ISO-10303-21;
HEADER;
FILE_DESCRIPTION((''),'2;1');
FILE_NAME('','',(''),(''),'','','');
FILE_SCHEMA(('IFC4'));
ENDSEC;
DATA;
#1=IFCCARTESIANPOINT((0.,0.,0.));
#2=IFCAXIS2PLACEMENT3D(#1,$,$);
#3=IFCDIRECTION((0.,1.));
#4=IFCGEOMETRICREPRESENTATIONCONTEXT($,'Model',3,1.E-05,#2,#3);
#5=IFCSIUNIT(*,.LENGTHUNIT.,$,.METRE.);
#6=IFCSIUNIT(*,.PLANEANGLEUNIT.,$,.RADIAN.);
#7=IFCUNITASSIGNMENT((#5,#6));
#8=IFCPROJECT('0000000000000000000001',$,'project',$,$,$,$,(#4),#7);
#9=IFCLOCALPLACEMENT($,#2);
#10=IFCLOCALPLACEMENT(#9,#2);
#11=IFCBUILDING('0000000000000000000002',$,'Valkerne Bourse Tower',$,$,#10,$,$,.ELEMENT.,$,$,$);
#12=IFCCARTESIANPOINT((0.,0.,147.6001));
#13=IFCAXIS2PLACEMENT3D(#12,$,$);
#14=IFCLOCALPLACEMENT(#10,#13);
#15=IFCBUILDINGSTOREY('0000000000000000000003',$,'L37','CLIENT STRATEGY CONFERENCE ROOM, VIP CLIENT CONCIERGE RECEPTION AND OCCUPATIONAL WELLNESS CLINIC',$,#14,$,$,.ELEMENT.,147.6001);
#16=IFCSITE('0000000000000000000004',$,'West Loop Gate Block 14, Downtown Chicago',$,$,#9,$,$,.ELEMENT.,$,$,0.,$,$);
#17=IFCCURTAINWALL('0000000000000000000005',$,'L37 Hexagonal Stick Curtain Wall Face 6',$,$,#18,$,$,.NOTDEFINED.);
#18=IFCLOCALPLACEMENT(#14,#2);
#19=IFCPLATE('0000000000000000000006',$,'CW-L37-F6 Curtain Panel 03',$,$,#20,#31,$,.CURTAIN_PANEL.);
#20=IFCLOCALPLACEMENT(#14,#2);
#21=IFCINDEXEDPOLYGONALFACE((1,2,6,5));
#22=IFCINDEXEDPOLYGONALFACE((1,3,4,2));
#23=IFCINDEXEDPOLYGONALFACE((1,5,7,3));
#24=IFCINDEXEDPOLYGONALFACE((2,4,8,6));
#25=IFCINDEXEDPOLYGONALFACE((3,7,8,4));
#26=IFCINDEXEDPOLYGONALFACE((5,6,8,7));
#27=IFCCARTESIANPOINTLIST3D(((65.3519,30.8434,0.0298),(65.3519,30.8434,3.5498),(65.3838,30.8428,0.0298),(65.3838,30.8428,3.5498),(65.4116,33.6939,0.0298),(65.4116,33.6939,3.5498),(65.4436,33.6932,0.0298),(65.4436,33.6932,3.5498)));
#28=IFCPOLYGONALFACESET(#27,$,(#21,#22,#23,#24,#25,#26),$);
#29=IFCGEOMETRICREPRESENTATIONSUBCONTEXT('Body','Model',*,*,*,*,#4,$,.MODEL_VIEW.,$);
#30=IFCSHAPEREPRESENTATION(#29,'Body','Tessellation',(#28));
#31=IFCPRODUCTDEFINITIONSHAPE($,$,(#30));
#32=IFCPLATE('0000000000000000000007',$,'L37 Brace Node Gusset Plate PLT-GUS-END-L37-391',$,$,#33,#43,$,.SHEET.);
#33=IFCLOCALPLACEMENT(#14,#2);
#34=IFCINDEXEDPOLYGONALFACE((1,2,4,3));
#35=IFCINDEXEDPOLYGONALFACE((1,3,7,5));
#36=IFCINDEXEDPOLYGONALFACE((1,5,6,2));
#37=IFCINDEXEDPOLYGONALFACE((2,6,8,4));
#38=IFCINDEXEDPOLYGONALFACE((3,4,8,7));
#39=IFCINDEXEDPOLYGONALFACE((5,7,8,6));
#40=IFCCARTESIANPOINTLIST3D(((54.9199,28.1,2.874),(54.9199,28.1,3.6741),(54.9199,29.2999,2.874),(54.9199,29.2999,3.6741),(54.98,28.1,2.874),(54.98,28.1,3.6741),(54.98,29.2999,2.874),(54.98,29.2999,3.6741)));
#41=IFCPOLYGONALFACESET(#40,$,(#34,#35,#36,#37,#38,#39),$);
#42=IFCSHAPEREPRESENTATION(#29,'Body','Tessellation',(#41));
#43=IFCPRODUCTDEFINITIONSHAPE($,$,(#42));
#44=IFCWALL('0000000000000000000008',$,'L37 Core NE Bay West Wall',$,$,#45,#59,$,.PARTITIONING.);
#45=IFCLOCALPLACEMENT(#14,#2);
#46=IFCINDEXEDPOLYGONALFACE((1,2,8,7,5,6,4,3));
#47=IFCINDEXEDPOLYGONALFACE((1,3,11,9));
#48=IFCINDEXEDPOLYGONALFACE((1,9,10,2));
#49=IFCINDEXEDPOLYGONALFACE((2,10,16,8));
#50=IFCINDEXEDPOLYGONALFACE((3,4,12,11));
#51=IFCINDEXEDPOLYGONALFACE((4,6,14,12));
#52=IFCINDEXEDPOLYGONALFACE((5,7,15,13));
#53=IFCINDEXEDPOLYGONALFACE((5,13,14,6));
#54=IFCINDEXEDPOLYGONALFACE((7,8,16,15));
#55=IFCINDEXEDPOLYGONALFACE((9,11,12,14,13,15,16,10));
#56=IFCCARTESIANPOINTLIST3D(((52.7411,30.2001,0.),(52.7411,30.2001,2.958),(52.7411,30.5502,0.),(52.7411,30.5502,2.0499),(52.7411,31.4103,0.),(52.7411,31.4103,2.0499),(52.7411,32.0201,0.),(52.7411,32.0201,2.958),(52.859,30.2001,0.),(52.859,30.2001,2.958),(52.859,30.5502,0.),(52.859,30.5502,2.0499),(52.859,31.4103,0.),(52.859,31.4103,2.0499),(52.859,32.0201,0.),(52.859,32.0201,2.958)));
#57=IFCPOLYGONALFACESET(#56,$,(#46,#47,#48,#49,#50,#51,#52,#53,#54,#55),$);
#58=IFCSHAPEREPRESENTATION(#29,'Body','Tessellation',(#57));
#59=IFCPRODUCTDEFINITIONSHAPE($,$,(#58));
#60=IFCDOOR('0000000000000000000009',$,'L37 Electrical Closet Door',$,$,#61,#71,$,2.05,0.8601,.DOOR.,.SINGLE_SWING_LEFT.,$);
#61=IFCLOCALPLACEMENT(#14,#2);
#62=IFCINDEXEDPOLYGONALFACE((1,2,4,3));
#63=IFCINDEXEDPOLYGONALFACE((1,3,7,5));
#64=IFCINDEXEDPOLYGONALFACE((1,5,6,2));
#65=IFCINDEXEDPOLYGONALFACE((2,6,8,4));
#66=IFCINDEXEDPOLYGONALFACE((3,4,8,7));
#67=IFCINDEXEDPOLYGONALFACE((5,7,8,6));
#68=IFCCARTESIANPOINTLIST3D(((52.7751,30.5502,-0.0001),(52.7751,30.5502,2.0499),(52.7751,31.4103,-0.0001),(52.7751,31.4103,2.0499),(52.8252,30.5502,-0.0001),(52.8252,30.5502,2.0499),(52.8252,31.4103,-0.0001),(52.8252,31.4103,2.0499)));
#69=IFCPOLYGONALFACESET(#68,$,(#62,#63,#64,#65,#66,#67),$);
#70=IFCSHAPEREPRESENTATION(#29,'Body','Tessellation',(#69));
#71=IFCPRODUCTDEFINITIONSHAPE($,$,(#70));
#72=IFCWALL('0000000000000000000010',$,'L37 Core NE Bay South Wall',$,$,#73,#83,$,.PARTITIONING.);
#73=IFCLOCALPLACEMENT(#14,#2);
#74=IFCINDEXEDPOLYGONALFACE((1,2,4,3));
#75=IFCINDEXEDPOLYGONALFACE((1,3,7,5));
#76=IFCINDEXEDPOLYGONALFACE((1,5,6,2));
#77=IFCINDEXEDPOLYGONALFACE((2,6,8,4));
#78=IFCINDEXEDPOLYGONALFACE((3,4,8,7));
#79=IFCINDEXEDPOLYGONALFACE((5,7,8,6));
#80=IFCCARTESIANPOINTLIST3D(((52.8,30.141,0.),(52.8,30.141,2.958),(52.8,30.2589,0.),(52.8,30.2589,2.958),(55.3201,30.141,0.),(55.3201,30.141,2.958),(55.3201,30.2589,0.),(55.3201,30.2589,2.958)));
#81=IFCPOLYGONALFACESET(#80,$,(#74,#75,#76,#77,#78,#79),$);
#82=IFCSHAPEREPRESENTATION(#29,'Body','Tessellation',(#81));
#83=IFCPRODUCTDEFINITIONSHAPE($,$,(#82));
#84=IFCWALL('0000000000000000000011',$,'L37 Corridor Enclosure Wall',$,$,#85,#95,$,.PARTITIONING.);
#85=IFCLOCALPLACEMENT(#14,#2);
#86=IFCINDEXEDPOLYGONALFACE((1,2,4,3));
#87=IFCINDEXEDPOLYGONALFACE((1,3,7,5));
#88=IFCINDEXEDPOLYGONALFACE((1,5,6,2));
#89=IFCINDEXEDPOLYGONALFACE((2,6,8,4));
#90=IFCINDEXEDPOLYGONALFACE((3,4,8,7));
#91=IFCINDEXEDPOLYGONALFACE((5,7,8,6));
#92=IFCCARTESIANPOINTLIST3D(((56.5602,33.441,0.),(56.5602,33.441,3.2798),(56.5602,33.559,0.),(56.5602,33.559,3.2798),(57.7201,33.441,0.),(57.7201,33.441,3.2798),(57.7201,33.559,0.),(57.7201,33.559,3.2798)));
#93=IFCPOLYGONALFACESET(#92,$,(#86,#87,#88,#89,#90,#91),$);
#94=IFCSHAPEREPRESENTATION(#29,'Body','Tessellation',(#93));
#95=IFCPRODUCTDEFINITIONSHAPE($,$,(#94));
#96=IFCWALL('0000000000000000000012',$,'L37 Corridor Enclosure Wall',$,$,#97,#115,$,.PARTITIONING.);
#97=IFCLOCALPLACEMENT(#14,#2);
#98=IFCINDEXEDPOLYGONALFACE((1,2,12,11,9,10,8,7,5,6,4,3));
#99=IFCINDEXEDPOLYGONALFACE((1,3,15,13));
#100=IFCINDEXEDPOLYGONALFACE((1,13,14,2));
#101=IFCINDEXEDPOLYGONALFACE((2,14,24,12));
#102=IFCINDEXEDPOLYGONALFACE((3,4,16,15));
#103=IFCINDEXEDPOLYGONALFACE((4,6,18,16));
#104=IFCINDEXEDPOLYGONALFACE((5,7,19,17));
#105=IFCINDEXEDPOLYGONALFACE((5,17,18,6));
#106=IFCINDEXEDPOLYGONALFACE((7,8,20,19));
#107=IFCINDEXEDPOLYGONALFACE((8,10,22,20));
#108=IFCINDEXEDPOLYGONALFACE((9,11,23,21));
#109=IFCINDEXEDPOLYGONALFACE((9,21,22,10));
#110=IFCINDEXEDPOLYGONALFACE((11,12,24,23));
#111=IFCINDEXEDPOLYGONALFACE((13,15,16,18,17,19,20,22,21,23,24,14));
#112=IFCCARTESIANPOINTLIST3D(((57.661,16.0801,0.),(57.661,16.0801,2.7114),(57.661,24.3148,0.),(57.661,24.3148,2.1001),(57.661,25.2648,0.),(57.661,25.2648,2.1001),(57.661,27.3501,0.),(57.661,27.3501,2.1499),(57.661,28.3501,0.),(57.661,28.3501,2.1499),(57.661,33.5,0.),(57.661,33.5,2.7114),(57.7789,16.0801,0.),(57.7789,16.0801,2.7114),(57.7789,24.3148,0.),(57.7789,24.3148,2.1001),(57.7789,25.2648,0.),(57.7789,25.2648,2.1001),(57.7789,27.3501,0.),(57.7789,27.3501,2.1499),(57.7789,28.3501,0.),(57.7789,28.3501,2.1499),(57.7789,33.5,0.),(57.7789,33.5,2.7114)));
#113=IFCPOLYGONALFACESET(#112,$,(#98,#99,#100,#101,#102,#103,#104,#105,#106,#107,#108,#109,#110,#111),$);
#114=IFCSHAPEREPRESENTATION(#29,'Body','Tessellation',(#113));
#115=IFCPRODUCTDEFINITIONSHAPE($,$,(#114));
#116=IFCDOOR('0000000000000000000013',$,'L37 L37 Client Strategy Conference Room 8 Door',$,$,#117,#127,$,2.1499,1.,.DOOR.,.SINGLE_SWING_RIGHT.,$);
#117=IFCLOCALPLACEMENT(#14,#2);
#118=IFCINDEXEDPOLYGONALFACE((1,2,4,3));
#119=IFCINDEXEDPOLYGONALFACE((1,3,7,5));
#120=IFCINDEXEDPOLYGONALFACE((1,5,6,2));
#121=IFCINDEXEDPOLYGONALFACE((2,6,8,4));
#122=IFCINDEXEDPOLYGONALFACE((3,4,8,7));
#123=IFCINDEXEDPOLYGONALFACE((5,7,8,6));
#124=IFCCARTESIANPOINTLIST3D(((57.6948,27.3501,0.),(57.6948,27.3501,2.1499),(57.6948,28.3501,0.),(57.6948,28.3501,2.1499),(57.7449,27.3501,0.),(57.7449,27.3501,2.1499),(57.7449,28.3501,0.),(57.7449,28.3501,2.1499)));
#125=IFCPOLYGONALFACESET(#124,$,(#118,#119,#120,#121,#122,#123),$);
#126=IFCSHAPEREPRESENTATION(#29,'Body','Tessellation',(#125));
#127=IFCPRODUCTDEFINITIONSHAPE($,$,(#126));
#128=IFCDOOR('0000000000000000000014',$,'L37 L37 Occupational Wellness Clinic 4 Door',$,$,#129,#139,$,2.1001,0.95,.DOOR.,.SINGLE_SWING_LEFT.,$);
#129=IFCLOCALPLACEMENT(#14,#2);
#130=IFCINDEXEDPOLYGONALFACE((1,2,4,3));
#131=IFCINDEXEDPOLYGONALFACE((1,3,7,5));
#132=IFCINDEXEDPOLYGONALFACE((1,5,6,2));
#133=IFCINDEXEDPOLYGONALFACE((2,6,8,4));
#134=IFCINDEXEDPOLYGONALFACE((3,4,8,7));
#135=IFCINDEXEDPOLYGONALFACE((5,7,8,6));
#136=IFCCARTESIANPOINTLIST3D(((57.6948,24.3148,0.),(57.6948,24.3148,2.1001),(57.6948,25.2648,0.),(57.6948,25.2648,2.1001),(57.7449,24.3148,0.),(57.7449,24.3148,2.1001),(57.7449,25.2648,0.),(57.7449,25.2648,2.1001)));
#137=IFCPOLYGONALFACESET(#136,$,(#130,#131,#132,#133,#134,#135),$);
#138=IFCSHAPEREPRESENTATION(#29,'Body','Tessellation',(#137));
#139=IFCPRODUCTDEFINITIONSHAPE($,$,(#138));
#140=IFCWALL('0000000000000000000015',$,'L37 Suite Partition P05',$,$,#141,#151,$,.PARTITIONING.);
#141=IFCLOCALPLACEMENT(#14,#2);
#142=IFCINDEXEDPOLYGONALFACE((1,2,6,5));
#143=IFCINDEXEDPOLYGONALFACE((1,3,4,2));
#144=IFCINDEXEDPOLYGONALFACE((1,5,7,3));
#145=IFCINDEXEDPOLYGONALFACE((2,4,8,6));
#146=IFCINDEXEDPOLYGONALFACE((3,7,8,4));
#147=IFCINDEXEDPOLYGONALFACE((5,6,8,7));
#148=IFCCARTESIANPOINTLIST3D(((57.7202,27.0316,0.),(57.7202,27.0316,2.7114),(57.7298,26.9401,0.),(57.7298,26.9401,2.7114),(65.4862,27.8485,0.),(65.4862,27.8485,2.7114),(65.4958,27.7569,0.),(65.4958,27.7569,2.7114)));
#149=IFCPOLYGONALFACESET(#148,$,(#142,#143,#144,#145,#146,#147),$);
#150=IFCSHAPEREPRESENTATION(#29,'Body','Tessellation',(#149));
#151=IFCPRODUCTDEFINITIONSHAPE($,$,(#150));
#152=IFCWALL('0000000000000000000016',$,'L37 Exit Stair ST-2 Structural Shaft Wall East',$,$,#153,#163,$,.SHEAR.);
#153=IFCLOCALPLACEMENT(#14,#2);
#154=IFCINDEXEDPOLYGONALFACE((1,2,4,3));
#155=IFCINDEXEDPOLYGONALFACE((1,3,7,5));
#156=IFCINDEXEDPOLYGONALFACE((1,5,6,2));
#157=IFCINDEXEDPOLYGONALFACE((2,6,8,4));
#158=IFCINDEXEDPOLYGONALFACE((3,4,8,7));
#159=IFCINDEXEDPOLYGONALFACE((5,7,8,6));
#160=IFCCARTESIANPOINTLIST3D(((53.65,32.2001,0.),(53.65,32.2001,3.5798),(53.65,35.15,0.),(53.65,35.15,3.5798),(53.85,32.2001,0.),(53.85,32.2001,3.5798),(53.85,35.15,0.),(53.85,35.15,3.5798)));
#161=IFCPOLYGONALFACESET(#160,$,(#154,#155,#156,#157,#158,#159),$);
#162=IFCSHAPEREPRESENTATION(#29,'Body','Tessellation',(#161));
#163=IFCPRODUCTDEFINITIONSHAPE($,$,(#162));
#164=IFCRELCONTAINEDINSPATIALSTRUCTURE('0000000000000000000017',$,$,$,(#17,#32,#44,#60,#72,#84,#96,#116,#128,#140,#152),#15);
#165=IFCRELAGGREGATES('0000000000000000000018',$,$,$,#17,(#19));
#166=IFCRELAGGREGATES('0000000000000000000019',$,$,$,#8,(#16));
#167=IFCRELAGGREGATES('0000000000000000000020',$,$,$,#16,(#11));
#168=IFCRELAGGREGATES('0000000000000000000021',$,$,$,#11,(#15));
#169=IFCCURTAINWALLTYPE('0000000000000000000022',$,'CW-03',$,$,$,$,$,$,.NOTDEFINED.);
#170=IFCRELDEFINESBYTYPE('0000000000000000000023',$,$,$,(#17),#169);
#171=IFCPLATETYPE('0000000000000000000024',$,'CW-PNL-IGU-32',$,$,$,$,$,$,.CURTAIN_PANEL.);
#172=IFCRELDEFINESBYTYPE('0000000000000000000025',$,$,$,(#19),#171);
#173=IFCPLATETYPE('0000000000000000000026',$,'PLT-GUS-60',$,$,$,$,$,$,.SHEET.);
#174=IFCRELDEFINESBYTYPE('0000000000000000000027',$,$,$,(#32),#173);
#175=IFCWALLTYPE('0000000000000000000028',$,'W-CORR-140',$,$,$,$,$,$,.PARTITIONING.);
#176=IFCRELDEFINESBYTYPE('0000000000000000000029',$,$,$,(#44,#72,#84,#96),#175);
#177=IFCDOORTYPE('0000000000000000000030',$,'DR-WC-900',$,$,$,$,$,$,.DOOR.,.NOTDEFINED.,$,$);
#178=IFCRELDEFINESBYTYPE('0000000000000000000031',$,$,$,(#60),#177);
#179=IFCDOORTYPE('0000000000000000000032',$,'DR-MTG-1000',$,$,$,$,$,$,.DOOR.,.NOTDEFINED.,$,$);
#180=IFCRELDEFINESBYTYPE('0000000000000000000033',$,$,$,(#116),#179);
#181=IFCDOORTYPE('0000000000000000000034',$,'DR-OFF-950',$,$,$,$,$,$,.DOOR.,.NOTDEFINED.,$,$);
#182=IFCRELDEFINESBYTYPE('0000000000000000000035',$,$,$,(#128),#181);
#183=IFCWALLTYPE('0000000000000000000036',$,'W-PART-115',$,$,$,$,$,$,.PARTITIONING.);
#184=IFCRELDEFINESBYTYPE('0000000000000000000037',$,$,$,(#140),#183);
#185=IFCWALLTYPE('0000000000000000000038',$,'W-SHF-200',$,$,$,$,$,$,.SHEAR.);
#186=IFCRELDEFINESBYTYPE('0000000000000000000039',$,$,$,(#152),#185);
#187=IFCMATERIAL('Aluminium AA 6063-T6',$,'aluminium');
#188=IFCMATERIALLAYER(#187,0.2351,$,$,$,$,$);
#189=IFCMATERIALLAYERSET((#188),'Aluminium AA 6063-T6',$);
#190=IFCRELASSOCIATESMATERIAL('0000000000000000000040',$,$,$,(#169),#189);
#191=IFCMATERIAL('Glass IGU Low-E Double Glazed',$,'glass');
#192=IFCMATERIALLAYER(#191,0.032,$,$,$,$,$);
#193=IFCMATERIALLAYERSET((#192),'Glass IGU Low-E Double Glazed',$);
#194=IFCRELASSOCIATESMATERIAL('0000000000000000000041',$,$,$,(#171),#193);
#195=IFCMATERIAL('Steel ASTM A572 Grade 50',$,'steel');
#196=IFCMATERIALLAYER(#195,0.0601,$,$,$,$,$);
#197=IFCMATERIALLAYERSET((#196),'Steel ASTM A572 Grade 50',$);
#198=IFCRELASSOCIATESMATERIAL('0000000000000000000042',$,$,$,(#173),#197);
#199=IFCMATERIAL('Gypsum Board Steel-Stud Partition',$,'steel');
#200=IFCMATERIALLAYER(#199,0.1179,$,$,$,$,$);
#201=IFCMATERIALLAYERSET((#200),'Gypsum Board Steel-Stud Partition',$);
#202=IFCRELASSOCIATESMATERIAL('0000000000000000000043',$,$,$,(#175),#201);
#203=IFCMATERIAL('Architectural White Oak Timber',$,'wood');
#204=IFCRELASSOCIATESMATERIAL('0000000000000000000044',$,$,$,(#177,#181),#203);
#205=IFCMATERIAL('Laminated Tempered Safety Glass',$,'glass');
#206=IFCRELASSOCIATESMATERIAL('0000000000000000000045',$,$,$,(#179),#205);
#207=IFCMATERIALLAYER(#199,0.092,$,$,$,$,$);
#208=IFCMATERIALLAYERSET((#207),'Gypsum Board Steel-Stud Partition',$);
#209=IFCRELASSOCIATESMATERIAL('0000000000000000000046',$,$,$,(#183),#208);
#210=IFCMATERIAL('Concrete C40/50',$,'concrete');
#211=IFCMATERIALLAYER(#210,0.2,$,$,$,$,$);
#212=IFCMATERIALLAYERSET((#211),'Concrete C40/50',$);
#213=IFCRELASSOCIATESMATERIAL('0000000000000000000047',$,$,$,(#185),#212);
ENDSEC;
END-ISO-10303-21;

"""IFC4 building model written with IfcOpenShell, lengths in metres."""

from ifc_helpers import new_model, si_unit, direction, frame, frame_2d, origin, origin_2d, place, context, subcontext, project, spatial, rectangle, extrude, material, layer, layer_set, type_object, element, fill, aggregate, save


model = new_model("IFC4")

# Units and contexts
model_context = context("Model", 3, precision=1e-05, world=origin(), true_north=direction((0.0, 1.0)))
body_context = subcontext(model_context, "Body", "Model", "MODEL_VIEW")
ifc_project = project(units=[si_unit("LENGTHUNIT", "METRE"), si_unit("PLANEANGLEUNIT", "RADIAN")], contexts=[model_context])

# Site, building, storey
site_placement = place(None, origin())
site = spatial("IfcSite", under=ifc_project, at=site_placement, Name="West Loop Gate Block 14, Downtown Chicago", CompositionType="ELEMENT", RefElevation=0.0)
building_placement = place(site_placement, origin())
building = spatial("IfcBuilding", under=site, at=building_placement, Name="Valkerne Bourse Tower", CompositionType="ELEMENT")
storey_placement = place(building_placement, frame((0.0, 0.0, 147.6001)))
storey = spatial("IfcBuildingStorey", under=building, at=storey_placement, Name="L37", Description="CLIENT STRATEGY CONFERENCE ROOM, VIP CLIENT CONCIERGE RECEPTION AND OCCUPATIONAL WELLNESS CLINIC", CompositionType="ELEMENT", Elevation=147.6001)

# Curtain wall
ifc_material_1 = material(Name="Aluminium AA 6063-T6", Category="aluminium")
ifc_layer_1 = layer(ifc_material_1, 0.2351)
ifc_layer_set_1 = layer_set([ifc_layer_1], Name="Aluminium AA 6063-T6")
curtain_wall_type = type_object("IfcCurtainWallType", Name="CW-03", PredefinedType="NOTDEFINED", material=ifc_layer_set_1)
curtain_wall_placement = place(storey_placement, origin())
curtain_wall = element("IfcCurtainWall", 1, at=curtain_wall_placement, inside=storey, type_object=curtain_wall_type, Name="L37 Hexagonal Stick Curtain Wall Face 6", PredefinedType="NOTDEFINED")

# Plates
ifc_material_2 = material(Name="Glass IGU Low-E Double Glazed", Category="glass")
ifc_layer_2 = layer(ifc_material_2, 0.032)
ifc_layer_set_2 = layer_set([ifc_layer_2], Name="Glass IGU Low-E Double Glazed")
plate_type_1 = type_object("IfcPlateType", Name="CW-PNL-IGU-32", PredefinedType="CURTAIN_PANEL", material=ifc_layer_set_2)
plate_1_placement = place(storey_placement, frame((65.3977, 32.2683, 0.0298), z_axis=(0.0, 0.0, 1.0), x_axis=(0.020949, 0.999781, 0.0)))
plate_1 = element("IfcPlate", 2, at=plate_1_placement, type_object=plate_type_1, Name="CW-L37-F6 Curtain Panel 03", PredefinedType="CURTAIN_PANEL", context=body_context, shape_type="SweptSolid", body=[
    extrude(rectangle(XDim=2.8511, YDim=0.032, at=origin_2d()), origin(), (0.0, 0.0, 1.0), 3.52),
])
aggregate(curtain_wall, [plate_1])
ifc_material_3 = material(Name="Steel ASTM A572 Grade 50", Category="steel")
ifc_layer_3 = layer(ifc_material_3, 0.0601)
ifc_layer_set_3 = layer_set([ifc_layer_3], Name="Steel ASTM A572 Grade 50")
plate_type_2 = type_object("IfcPlateType", Name="PLT-GUS-60", PredefinedType="SHEET", material=ifc_layer_set_3)
plate_2_placement = place(storey_placement, frame((54.95, 28.7, 2.874), z_axis=(0.0, 0.0, 1.0), x_axis=(0.0, 1.0, 0.0)))
element("IfcPlate", 3, at=plate_2_placement, inside=storey, type_object=plate_type_2, Name="L37 Brace Node Gusset Plate PLT-GUS-END-L37-391", PredefinedType="SHEET", context=body_context, shape_type="SweptSolid", body=[
    extrude(rectangle(XDim=1.2, YDim=0.0601, at=origin_2d()), origin(), (0.0, 0.0, 1.0), 0.8),
])

# Wall, opening, door
ifc_material_4 = material(Name="Gypsum Board Steel-Stud Partition", Category="steel")
ifc_layer_4 = layer(ifc_material_4, 0.1179)
ifc_layer_set_4 = layer_set([ifc_layer_4], Name="Gypsum Board Steel-Stud Partition")
wall_type_1 = type_object("IfcWallType", Name="W-CORR-140", PredefinedType="PARTITIONING", material=ifc_layer_set_4)
wall_1_placement = place(storey_placement, frame((52.8, 30.2, 0.0), z_axis=(0.0, 0.0, 1.0), x_axis=(0.0, 1.0, 0.0)))
wall_1 = element("IfcWall", 4, at=wall_1_placement, inside=storey, type_object=wall_type_1, Name="L37 Core NE Bay West Wall", PredefinedType="PARTITIONING", context=body_context, shape_type="SweptSolid", body=[
    extrude(rectangle(XDim=1.8201, YDim=0.1179, at=frame_2d((0.9102, 0.0))), origin(), (0.0, 0.0, 1.0), 2.958),
])
opening_1_placement = place(wall_1_placement, frame((0.3501, 0.0, 0.0)))
opening_1 = element("IfcOpeningElement", 5, at=opening_1_placement, cuts=wall_1, PredefinedType="OPENING", context=body_context, shape_type="SweptSolid", body=[
    extrude(rectangle(XDim=0.8601, YDim=2.05, at=frame_2d((0.4302, 1.0249))), frame((0.0, 0.0688, 0.0), z_axis=(0.0, -1.0, 0.0), x_axis=(1.0, 0.0, 0.0)), (0.0, 0.0, 1.0), 0.1379),
])
ifc_material_5 = material(Name="Architectural White Oak Timber", Category="wood")
door_type_1 = type_object("IfcDoorType", Name="DR-WC-900", OperationType="NOTDEFINED", PredefinedType="DOOR", material=ifc_material_5)
door_1_placement = place(opening_1_placement, origin())
door_1 = element("IfcDoor", 6, at=door_1_placement, inside=storey, type_object=door_type_1, Name="L37 Electrical Closet Door", OperationType="SINGLE_SWING_LEFT", OverallHeight=2.05, OverallWidth=0.8601, PredefinedType="DOOR", context=body_context, shape_type="SweptSolid", body=[
    extrude(rectangle(XDim=0.8601, YDim=2.05, at=frame_2d((0.4302, 1.0249))), frame((0.0, 0.0249, 0.0), z_axis=(0.0, -1.0, 0.0), x_axis=(1.0, 0.0, 0.0)), (0.0, 0.0, 1.0), 0.05),
])
fill(opening_1, door_1)

# Walls
wall_2_placement = place(storey_placement, frame((52.8, 30.2, 0.0), z_axis=(0.0, 0.0, 1.0), x_axis=(1.0, 0.0, 0.0)))
element("IfcWall", 7, at=wall_2_placement, inside=storey, type_object=wall_type_1, Name="L37 Core NE Bay South Wall", PredefinedType="PARTITIONING", context=body_context, shape_type="SweptSolid", body=[
    extrude(rectangle(XDim=2.52, YDim=0.1179, at=frame_2d((1.26, 0.0))), origin(), (0.0, 0.0, 1.0), 2.958),
])
wall_3_placement = place(storey_placement, frame((56.5601, 33.5, 0.0), z_axis=(0.0, 0.0, 1.0), x_axis=(1.0, 0.0, 0.0)))
element("IfcWall", 8, at=wall_3_placement, inside=storey, type_object=wall_type_1, Name="L37 Corridor Enclosure Wall", PredefinedType="PARTITIONING", context=body_context, shape_type="SweptSolid", body=[
    extrude(rectangle(XDim=1.1599, YDim=0.1179, at=frame_2d((0.5801, 0.0))), origin(), (0.0, 0.0, 1.0), 3.2798),
])

# Wall, openings, doors
wall_4_placement = place(storey_placement, frame((57.72, 33.5, 0.0), z_axis=(0.0, 0.0, 1.0), x_axis=(0.0, -1.0, 0.0)))
wall_4 = element("IfcWall", 9, at=wall_4_placement, inside=storey, type_object=wall_type_1, Name="L37 Corridor Enclosure Wall", PredefinedType="PARTITIONING", context=body_context, shape_type="SweptSolid", body=[
    extrude(rectangle(XDim=17.4199, YDim=0.1179, at=frame_2d((8.71, 0.0))), origin(), (0.0, 0.0, 1.0), 2.7114),
])
opening_2_placement = place(wall_4_placement, frame((8.2351, 0.0, 0.0)))
opening_2 = element("IfcOpeningElement", 10, at=opening_2_placement, cuts=wall_4, PredefinedType="OPENING", context=body_context, shape_type="SweptSolid", body=[
    extrude(rectangle(XDim=0.95, YDim=2.1001, at=frame_2d((0.4751, 1.05))), frame((0.0, 0.0688, 0.0), z_axis=(0.0, -1.0, 0.0), x_axis=(1.0, 0.0, 0.0)), (0.0, 0.0, 1.0), 0.1379),
])
opening_3_placement = place(wall_4_placement, frame((5.1499, 0.0, 0.0)))
opening_3 = element("IfcOpeningElement", 11, at=opening_3_placement, cuts=wall_4, PredefinedType="OPENING", context=body_context, shape_type="SweptSolid", body=[
    extrude(rectangle(XDim=1.0, YDim=2.1499, at=frame_2d((0.5, 1.075))), frame((0.0, 0.0688, 0.0), z_axis=(0.0, -1.0, 0.0), x_axis=(1.0, 0.0, 0.0)), (0.0, 0.0, 1.0), 0.1379),
])
ifc_material_6 = material(Name="Laminated Tempered Safety Glass", Category="glass")
door_type_2 = type_object("IfcDoorType", Name="DR-MTG-1000", OperationType="NOTDEFINED", PredefinedType="DOOR", material=ifc_material_6)
door_2_placement = place(opening_3_placement, origin())
door_2 = element("IfcDoor", 12, at=door_2_placement, inside=storey, type_object=door_type_2, Name="L37 L37 Client Strategy Conference Room 8 Door", OperationType="SINGLE_SWING_RIGHT", OverallHeight=2.1499, OverallWidth=1.0, PredefinedType="DOOR", context=body_context, shape_type="SweptSolid", body=[
    extrude(rectangle(XDim=1.0, YDim=2.1499, at=frame_2d((0.5, 1.075))), frame((0.0, 0.0249, 0.0), z_axis=(0.0, -1.0, 0.0), x_axis=(1.0, 0.0, 0.0)), (0.0, 0.0, 1.0), 0.05),
])
fill(opening_3, door_2)
door_type_3 = type_object("IfcDoorType", Name="DR-OFF-950", OperationType="NOTDEFINED", PredefinedType="DOOR", material=ifc_material_5)
door_3_placement = place(opening_2_placement, origin())
door_3 = element("IfcDoor", 13, at=door_3_placement, inside=storey, type_object=door_type_3, Name="L37 L37 Occupational Wellness Clinic 4 Door", OperationType="SINGLE_SWING_LEFT", OverallHeight=2.1001, OverallWidth=0.95, PredefinedType="DOOR", context=body_context, shape_type="SweptSolid", body=[
    extrude(rectangle(XDim=0.95, YDim=2.1001, at=frame_2d((0.4751, 1.05))), frame((0.0, 0.0249, 0.0), z_axis=(0.0, -1.0, 0.0), x_axis=(1.0, 0.0, 0.0)), (0.0, 0.0, 1.0), 0.05),
])
fill(opening_2, door_3)

# Walls
ifc_layer_5 = layer(ifc_material_4, 0.092)
ifc_layer_set_5 = layer_set([ifc_layer_5], Name="Gypsum Board Steel-Stud Partition")
wall_type_2 = type_object("IfcWallType", Name="W-PART-115", PredefinedType="PARTITIONING", material=ifc_layer_set_5)
wall_5_placement = place(storey_placement, frame((57.7251, 26.9858, 0.0), z_axis=(0.0, 0.0, 1.0), x_axis=(0.994513, 0.10461, 0.0)))
element("IfcWall", 14, at=wall_5_placement, inside=storey, type_object=wall_type_2, Name="L37 Suite Partition P05", PredefinedType="PARTITIONING", context=body_context, shape_type="SweptSolid", body=[
    extrude(rectangle(XDim=7.8088, YDim=0.092, at=frame_2d((3.9043, 0.0))), origin(), (0.0, 0.0, 1.0), 2.7114),
])
ifc_material_7 = material(Name="Concrete C40/50", Category="concrete")
ifc_layer_6 = layer(ifc_material_7, 0.2)
ifc_layer_set_6 = layer_set([ifc_layer_6], Name="Concrete C40/50")
wall_type_3 = type_object("IfcWallType", Name="W-SHF-200", PredefinedType="SHEAR", material=ifc_layer_set_6)
wall_6_placement = place(storey_placement, frame((53.75, 32.2, 0.0), z_axis=(0.0, 0.0, 1.0), x_axis=(0.0, 1.0, 0.0)))
element("IfcWall", 15, at=wall_6_placement, inside=storey, type_object=wall_type_3, Name="L37 Exit Stair ST-2 Structural Shaft Wall East", PredefinedType="SHEAR", context=body_context, shape_type="SweptSolid", body=[
    extrude(rectangle(XDim=2.95, YDim=0.2, at=frame_2d((1.4751, 0.0))), origin(), (0.0, 0.0, 1.0), 3.5798),
])

save(model, "model.ifc")
